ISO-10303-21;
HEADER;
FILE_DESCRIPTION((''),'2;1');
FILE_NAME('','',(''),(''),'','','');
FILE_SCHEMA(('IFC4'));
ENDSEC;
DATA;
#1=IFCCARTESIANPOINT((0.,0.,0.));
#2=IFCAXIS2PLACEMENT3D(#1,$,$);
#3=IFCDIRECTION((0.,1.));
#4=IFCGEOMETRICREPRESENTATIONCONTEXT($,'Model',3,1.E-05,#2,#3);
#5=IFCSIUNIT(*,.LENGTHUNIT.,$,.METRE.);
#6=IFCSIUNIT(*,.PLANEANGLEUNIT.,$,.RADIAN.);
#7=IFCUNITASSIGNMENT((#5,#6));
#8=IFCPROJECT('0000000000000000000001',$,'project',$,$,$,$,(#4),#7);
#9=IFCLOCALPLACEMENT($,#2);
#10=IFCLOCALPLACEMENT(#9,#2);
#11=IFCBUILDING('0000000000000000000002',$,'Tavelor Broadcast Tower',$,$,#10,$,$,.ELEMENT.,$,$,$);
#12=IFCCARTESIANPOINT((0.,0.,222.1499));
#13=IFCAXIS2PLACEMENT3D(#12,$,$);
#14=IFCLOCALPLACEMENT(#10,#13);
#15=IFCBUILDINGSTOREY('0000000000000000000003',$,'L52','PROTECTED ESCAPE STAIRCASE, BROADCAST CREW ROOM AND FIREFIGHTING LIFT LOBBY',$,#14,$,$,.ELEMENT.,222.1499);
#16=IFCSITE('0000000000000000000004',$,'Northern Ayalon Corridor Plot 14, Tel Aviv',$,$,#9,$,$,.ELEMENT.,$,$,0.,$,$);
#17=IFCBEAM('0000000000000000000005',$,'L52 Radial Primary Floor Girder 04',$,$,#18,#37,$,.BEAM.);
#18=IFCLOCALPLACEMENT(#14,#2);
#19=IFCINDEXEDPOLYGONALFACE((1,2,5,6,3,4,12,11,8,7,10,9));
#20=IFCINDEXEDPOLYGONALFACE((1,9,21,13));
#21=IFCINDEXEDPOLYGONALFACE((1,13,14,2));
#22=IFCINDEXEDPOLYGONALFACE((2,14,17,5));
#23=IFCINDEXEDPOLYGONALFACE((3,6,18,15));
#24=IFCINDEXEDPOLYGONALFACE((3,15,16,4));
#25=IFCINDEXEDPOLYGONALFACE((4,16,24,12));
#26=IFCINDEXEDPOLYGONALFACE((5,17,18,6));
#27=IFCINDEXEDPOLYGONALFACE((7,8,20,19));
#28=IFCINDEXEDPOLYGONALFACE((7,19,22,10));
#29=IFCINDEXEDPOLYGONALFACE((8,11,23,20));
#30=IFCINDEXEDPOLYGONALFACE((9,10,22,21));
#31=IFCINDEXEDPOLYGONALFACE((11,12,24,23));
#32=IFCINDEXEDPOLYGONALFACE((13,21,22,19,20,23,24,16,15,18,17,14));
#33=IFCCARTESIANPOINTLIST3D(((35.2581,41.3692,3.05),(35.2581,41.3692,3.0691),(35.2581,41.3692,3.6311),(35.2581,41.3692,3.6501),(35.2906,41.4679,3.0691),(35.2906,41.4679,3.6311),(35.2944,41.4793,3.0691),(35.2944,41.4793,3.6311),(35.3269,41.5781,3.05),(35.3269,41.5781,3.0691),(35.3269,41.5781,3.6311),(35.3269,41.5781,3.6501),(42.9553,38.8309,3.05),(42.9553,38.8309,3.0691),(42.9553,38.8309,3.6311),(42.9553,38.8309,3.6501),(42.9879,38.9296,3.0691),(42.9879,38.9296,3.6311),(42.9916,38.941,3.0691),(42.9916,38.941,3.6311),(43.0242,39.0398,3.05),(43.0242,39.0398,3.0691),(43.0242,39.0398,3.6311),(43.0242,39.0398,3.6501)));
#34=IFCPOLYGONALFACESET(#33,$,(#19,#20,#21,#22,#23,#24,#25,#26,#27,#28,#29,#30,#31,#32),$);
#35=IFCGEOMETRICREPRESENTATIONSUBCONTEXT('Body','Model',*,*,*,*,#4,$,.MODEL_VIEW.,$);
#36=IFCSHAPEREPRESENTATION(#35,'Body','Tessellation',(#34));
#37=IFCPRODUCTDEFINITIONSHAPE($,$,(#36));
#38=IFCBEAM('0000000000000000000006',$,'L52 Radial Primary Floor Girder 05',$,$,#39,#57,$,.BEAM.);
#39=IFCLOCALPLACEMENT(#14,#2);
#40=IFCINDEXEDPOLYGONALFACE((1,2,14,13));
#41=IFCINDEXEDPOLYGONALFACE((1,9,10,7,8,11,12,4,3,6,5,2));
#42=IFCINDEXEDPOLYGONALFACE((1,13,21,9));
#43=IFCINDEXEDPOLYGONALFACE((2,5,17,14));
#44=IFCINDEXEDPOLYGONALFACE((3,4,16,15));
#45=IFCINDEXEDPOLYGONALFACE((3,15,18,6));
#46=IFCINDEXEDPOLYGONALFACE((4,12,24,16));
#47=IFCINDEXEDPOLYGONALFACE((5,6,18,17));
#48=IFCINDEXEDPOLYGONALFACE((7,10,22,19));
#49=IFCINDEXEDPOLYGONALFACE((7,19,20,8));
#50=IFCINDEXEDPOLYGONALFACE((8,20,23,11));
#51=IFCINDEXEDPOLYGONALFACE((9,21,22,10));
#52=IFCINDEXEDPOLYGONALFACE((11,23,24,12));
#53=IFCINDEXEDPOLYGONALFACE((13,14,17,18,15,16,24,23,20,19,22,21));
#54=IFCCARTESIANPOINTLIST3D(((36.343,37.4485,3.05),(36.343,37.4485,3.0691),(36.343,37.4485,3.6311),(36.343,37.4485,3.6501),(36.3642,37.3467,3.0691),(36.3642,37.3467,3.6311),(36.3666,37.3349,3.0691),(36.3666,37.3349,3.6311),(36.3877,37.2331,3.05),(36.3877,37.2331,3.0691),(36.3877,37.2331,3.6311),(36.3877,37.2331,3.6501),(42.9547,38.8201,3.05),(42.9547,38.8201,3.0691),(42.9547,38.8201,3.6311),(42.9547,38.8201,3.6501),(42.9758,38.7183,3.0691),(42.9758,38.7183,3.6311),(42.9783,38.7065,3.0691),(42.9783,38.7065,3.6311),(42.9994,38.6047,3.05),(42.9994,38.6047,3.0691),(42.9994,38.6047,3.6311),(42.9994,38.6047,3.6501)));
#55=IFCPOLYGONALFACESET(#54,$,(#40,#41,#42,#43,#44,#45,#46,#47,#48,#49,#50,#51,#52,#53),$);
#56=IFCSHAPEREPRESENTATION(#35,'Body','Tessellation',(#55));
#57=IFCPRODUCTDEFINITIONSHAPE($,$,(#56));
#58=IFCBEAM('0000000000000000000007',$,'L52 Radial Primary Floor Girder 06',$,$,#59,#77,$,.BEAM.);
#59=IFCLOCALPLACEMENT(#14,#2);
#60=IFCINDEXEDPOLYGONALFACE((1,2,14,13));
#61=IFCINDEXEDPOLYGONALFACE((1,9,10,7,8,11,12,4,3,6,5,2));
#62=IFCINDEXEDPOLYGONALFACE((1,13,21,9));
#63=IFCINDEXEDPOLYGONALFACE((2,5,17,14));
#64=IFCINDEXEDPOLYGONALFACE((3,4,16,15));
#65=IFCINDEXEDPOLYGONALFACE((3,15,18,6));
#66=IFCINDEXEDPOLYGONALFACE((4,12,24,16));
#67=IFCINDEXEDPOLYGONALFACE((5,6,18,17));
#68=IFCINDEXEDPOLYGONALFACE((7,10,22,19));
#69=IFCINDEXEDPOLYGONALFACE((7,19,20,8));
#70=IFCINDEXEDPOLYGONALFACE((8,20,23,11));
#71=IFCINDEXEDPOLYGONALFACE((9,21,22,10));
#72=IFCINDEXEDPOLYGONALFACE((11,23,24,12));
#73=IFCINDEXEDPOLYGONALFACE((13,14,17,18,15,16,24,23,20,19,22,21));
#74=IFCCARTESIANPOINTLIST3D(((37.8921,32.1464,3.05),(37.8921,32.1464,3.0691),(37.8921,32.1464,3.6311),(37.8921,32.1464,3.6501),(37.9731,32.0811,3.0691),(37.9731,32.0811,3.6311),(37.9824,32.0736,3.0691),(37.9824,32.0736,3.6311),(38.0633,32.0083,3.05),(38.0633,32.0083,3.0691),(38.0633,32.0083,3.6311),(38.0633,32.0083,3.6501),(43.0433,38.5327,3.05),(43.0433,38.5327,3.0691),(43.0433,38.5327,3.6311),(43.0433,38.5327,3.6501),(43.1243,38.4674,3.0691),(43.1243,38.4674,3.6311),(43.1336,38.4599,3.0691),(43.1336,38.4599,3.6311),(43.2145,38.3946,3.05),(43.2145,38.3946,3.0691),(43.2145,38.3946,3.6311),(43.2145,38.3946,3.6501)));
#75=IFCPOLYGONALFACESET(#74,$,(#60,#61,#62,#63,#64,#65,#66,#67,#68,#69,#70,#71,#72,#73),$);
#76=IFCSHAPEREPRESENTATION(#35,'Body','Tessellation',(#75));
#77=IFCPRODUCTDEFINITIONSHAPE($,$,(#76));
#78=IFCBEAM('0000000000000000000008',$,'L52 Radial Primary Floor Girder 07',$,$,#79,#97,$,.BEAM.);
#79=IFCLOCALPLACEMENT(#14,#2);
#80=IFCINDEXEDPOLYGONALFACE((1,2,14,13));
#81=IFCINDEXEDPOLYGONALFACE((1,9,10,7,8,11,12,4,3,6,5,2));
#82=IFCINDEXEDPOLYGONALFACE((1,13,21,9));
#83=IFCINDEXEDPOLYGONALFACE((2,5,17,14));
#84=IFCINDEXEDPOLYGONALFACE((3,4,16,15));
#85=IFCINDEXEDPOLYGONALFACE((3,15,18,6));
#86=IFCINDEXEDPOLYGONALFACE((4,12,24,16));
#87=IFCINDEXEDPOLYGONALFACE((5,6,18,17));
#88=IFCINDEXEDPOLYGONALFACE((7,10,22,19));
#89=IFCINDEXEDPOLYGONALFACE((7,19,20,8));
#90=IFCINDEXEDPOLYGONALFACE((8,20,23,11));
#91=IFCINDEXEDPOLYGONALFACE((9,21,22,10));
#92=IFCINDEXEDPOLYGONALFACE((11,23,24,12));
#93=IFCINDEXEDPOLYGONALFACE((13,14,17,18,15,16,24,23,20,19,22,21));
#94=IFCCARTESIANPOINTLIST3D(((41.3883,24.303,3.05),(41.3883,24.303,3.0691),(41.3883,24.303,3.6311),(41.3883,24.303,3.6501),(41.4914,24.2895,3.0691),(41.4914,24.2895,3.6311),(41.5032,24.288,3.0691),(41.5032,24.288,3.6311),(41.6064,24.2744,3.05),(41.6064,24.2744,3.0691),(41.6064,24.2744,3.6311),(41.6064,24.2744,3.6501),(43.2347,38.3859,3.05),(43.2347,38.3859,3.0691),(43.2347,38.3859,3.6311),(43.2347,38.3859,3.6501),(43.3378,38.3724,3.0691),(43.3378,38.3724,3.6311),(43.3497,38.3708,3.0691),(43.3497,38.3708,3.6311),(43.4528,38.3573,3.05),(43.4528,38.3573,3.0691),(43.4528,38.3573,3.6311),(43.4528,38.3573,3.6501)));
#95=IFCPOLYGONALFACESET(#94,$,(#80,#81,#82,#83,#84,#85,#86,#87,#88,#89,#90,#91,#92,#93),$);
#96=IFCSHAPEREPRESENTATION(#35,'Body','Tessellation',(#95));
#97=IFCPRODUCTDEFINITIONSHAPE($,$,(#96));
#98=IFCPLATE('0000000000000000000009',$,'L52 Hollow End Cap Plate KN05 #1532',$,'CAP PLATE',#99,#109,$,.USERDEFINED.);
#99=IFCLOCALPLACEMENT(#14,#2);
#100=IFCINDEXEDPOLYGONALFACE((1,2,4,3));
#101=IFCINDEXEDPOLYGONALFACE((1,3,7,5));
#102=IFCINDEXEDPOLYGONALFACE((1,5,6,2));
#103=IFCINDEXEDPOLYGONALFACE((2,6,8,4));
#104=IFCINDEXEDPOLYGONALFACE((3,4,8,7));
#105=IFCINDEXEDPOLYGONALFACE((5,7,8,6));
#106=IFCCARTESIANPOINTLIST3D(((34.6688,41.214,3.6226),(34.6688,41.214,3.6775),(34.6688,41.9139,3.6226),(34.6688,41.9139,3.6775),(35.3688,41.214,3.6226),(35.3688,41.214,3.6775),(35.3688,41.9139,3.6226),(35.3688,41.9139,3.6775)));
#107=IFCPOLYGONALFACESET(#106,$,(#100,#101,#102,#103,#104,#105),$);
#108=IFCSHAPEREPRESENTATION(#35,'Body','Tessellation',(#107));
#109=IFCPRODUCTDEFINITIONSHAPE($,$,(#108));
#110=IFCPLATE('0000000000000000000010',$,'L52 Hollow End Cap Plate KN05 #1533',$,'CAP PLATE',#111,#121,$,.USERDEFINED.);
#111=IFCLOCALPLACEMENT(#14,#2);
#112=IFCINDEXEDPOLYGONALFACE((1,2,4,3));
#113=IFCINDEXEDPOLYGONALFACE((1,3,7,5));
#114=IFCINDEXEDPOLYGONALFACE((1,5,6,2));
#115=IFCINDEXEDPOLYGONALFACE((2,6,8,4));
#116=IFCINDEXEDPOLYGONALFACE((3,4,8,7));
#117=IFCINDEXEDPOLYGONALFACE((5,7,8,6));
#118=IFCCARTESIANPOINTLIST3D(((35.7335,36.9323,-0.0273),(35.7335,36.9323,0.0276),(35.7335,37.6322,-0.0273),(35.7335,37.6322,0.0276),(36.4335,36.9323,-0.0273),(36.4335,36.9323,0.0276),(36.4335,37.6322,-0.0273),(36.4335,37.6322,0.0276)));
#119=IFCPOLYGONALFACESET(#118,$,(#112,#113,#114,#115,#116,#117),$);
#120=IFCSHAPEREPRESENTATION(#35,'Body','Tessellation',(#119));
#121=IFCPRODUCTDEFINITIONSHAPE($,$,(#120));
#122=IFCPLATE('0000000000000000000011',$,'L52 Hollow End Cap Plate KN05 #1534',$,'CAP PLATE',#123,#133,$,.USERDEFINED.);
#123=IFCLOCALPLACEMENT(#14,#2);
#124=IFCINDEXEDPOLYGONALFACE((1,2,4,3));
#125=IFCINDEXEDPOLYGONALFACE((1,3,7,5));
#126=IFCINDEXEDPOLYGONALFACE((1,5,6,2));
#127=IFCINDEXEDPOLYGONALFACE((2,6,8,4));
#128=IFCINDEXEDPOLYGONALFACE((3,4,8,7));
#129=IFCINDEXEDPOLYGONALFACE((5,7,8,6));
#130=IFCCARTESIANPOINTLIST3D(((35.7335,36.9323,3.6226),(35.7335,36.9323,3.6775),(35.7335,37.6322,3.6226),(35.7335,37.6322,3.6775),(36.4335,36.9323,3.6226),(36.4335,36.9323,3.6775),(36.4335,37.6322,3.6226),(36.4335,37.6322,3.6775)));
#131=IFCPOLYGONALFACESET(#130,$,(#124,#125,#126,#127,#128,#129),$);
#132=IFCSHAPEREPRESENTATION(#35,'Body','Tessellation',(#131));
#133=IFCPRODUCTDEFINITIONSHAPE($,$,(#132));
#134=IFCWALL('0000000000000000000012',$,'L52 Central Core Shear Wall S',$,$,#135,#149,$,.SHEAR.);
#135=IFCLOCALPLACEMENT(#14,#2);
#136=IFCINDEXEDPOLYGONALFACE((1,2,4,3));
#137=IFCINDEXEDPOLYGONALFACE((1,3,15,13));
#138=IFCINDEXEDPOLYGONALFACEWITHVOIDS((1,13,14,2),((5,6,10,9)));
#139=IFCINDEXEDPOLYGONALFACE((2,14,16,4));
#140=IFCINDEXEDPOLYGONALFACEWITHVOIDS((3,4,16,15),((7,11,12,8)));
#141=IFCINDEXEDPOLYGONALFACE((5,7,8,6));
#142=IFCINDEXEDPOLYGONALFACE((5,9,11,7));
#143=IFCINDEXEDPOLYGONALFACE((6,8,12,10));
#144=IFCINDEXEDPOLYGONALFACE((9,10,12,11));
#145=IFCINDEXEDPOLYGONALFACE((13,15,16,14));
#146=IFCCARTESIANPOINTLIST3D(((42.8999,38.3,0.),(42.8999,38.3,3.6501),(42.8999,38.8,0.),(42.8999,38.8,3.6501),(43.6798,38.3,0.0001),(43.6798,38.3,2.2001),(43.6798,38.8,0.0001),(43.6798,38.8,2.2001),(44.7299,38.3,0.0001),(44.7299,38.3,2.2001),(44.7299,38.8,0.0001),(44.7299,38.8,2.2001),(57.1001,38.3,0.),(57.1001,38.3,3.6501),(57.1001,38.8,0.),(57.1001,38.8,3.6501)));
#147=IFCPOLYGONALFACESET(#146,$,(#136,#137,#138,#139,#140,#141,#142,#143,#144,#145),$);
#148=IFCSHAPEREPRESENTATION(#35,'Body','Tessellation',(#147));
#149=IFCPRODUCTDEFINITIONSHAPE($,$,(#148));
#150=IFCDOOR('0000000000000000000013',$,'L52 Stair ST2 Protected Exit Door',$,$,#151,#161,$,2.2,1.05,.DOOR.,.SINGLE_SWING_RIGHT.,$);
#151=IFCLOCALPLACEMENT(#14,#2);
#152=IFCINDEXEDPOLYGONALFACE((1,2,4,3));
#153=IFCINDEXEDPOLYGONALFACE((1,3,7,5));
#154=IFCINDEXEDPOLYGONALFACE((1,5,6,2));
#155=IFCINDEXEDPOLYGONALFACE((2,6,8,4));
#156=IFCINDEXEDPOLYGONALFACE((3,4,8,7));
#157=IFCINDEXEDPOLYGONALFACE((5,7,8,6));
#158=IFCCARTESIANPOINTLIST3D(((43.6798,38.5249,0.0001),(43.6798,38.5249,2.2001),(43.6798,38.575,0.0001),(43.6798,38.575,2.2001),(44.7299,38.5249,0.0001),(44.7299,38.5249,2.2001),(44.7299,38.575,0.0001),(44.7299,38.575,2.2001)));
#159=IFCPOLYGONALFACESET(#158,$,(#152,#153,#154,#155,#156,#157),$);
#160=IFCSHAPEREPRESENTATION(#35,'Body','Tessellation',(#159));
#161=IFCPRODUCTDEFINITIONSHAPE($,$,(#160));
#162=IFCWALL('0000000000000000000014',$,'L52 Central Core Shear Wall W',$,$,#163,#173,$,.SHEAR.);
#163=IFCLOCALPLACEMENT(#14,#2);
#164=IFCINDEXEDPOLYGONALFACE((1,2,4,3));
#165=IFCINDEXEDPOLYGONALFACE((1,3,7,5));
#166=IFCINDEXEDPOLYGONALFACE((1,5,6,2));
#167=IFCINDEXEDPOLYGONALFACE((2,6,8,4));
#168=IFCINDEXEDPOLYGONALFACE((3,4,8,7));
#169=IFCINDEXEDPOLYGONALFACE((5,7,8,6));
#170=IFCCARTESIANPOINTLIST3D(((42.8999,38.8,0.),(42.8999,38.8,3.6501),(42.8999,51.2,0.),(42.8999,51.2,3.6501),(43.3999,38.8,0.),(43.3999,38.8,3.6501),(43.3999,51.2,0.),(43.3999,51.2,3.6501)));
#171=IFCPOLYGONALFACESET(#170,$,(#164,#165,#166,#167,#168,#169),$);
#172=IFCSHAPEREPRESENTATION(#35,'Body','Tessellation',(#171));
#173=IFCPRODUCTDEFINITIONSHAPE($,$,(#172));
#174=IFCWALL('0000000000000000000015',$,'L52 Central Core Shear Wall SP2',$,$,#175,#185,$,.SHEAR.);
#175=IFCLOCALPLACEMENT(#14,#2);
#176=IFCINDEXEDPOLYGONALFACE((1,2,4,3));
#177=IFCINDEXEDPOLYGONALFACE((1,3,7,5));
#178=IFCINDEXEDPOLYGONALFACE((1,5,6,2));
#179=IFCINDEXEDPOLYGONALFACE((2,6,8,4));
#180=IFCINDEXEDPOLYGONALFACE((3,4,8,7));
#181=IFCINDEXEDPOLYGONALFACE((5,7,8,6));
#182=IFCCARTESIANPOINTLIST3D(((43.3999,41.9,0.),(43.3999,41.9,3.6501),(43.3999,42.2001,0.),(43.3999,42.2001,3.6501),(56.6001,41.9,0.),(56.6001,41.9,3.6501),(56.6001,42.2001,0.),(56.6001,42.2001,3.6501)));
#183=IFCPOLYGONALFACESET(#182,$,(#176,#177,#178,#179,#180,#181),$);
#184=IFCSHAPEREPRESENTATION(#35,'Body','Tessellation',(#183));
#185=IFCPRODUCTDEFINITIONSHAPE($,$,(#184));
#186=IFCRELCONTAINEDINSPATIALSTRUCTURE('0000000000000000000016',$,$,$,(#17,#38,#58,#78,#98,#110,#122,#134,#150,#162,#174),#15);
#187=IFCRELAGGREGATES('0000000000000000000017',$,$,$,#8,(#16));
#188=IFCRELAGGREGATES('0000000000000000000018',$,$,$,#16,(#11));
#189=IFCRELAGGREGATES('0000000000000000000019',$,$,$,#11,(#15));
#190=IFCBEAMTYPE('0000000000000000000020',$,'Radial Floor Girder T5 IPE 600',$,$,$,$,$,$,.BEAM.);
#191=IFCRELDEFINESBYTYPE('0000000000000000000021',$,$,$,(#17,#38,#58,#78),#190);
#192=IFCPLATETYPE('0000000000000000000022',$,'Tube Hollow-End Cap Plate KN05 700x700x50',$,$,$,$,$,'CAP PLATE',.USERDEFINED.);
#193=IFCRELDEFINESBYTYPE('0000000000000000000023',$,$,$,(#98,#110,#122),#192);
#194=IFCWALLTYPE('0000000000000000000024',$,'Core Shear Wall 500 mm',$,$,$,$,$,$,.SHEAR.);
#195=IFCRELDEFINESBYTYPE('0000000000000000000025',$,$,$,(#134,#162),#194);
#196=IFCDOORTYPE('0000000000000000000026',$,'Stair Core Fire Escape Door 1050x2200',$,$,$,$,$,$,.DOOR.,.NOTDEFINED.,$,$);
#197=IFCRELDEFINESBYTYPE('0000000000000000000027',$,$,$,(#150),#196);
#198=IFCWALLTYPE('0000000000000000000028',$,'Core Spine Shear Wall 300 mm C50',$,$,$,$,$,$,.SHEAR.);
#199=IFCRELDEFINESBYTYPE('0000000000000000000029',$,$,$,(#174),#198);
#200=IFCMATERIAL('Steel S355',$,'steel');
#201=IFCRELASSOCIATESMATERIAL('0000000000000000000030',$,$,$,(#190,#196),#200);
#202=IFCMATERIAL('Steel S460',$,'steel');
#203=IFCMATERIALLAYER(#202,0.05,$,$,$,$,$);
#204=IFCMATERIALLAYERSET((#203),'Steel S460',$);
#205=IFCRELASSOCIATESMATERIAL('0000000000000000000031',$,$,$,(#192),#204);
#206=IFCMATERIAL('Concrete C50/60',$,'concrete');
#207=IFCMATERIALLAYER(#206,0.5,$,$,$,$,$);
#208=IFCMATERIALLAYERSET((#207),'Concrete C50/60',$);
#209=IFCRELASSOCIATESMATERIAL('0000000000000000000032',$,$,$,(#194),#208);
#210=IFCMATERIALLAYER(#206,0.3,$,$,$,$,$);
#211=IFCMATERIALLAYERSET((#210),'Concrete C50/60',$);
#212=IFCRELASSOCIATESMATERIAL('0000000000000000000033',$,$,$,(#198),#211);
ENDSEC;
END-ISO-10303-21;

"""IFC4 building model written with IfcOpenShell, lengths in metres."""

from ifc_helpers import new_model, si_unit, direction, frame, frame_2d, origin, origin_2d, place, context, subcontext, project, spatial, rectangle, i_section, extrude, source, transform, mapped, material, layer, layer_set, material_profile, profile_set, type_object, type_shapes, element, fill, save


model = new_model("IFC4")

# Units and contexts
model_context = context("Model", 3, precision=1e-05, world=origin(), true_north=direction((0.0, 1.0)))
body_context = subcontext(model_context, "Body", "Model", "MODEL_VIEW")
ifc_project = project(units=[si_unit("LENGTHUNIT", "METRE"), si_unit("PLANEANGLEUNIT", "RADIAN")], contexts=[model_context])

# Site, building, storey
site_placement = place(None, origin())
site = spatial("IfcSite", under=ifc_project, at=site_placement, Name="Northern Ayalon Corridor Plot 14, Tel Aviv", CompositionType="ELEMENT", RefElevation=0.0)
building_placement = place(site_placement, origin())
building = spatial("IfcBuilding", under=site, at=building_placement, Name="Tavelor Broadcast Tower", CompositionType="ELEMENT")
storey_placement = place(building_placement, frame((0.0, 0.0, 222.1499)))
storey = spatial("IfcBuildingStorey", under=building, at=storey_placement, Name="L52", Description="PROTECTED ESCAPE STAIRCASE, BROADCAST CREW ROOM AND FIREFIGHTING LIFT LOBBY", CompositionType="ELEMENT", Elevation=222.1499)

# Shared definitions
ifc_material_1 = material(Name="Concrete C50/60", Category="concrete")
ifc_material_2 = material(Name="Steel S460", Category="steel")

# Beams
ifc_material_3 = material(Name="Steel S355", Category="steel")
ifc_material_profile_1 = material_profile(ifc_material_3, i_section(OverallWidth=0.22, OverallDepth=0.6001, WebThickness=0.012, FlangeThickness=0.019, at=origin_2d()), Name="IPE 600")
ifc_profile_set_1 = profile_set([ifc_material_profile_1], Name="Steel S355")
beam_type_1 = type_object("IfcBeamType", Name="Radial Floor Girder T5 IPE 600", PredefinedType="BEAM", material=ifc_profile_set_1)
beam_1_placement = place(storey_placement, frame((42.9897, 38.9353, 3.3501), z_axis=(-0.949694, 0.313181, 0.0), x_axis=(-0.313181, -0.949694, 0.0)))
element("IfcBeam", 1, at=beam_1_placement, inside=storey, type_object=beam_type_1, Name="L52 Radial Primary Floor Girder 04", PredefinedType="BEAM", context=body_context, shape_type="SweptSolid", body=[
    extrude(i_section(OverallWidth=0.22, OverallDepth=0.6001, WebThickness=0.012, FlangeThickness=0.019, at=origin_2d()), origin(), (0.0, 0.0, 1.0), 8.105),
])
beam_2_placement = place(storey_placement, frame((42.9771, 38.7124, 3.3501), z_axis=(-0.979152, -0.203127, 0.0), x_axis=(0.203127, -0.979152, 0.0)))
element("IfcBeam", 2, at=beam_2_placement, inside=storey, type_object=beam_type_1, Name="L52 Radial Primary Floor Girder 05", PredefinedType="BEAM", context=body_context, shape_type="SweptSolid", body=[
    extrude(i_section(OverallWidth=0.22, OverallDepth=0.6001, WebThickness=0.012, FlangeThickness=0.019, at=origin_2d()), origin(), (0.0, 0.0, 1.0), 6.7524),
])
beam_3_placement = place(storey_placement, frame((43.1289, 38.4636, 3.3501), z_axis=(-0.627822, -0.778357, 0.0), x_axis=(0.778357, -0.627822, 0.0)))
element("IfcBeam", 3, at=beam_3_placement, inside=storey, type_object=beam_type_1, Name="L52 Radial Primary Floor Girder 06", PredefinedType="BEAM", context=body_context, shape_type="SweptSolid", body=[
    extrude(i_section(OverallWidth=0.22, OverallDepth=0.6001, WebThickness=0.012, FlangeThickness=0.019, at=origin_2d()), origin(), (0.0, 0.0, 1.0), 8.2048),
])
beam_4_placement = place(storey_placement, frame((43.3438, 38.3716, 3.3501), z_axis=(-0.130001, -0.991514, 0.0), x_axis=(0.991514, -0.130001, 0.0)))
element("IfcBeam", 4, at=beam_4_placement, inside=storey, type_object=beam_type_1, Name="L52 Radial Primary Floor Girder 07", PredefinedType="BEAM", context=body_context, shape_type="SweptSolid", body=[
    extrude(i_section(OverallWidth=0.22, OverallDepth=0.6001, WebThickness=0.012, FlangeThickness=0.019, at=origin_2d()), origin(), (0.0, 0.0, 1.0), 14.2034),
])

# Plates
ifc_layer_1 = layer(ifc_material_2, 0.05)
ifc_layer_set_1 = layer_set([ifc_layer_1], Name="Steel S460")
plate_type = type_object("IfcPlateType", Name="Tube Hollow-End Cap Plate KN05 700x700x50", ElementType="CAP PLATE", PredefinedType="USERDEFINED", material=ifc_layer_set_1)
shared_shape = source(origin(), body_context, "Body", "SweptSolid", [
    extrude(rectangle(XDim=0.7, YDim=0.7, at=origin_2d()), origin(), (0.0, 0.0, 1.0), 0.0549),
])
type_shapes(plate_type, [shared_shape])
for number, where, z_axis, x_axis, name in (
    (5, (35.0188, 41.564, 3.6226), (0.0, 0.0, 1.0), (1.0, 0.0, 0.0), "L52 Hollow End Cap Plate KN05 #1532"),
    (6, (36.0835, 37.2822, -0.0273), (0.0, 0.0, 1.0), (1.0, 0.0, 0.0), "L52 Hollow End Cap Plate KN05 #1533"),
    (7, (36.0835, 37.2822, 3.6226), (0.0, 0.0, 1.0), (1.0, 0.0, 0.0), "L52 Hollow End Cap Plate KN05 #1534"),
):
    element("IfcPlate", number, at=place(storey_placement, frame(where, z_axis=z_axis, x_axis=x_axis)), inside=storey, type_object=plate_type, Name=name, ObjectType="CAP PLATE", PredefinedType="USERDEFINED", context=body_context, shape_type="MappedRepresentation", body=[
        mapped(shared_shape, transform((0.0, 0.0, 0.0), scale=1.0)),
    ])

# Wall, opening, door
ifc_layer_2 = layer(ifc_material_1, 0.5)
ifc_layer_set_2 = layer_set([ifc_layer_2], Name="Concrete C50/60")
wall_type_1 = type_object("IfcWallType", Name="Core Shear Wall 500 mm", PredefinedType="SHEAR", material=ifc_layer_set_2)
wall_1_placement = place(storey_placement, frame((42.8999, 38.55, 0.0), z_axis=(0.0, 0.0, 1.0), x_axis=(1.0, 0.0, 0.0)))
wall_1 = element("IfcWall", 8, at=wall_1_placement, inside=storey, type_object=wall_type_1, Name="L52 Central Core Shear Wall S", PredefinedType="SHEAR", context=body_context, shape_type="SweptSolid", body=[
    extrude(rectangle(XDim=14.2002, YDim=0.5, at=frame_2d((7.1001, 0.0))), origin(), (0.0, 0.0, 1.0), 3.6501),
])
opening_1_placement = place(wall_1_placement, frame((0.78, 0.0, 0.0)))
opening_1 = element("IfcOpeningElement", 9, at=opening_1_placement, cuts=wall_1, PredefinedType="OPENING", context=body_context, shape_type="SweptSolid", body=[
    extrude(rectangle(XDim=1.05, YDim=2.2, at=frame_2d((0.5249, 1.1001))), frame((0.0, 0.26, 0.0), z_axis=(0.0, -1.0, 0.0), x_axis=(1.0, 0.0, 0.0)), (0.0, 0.0, 1.0), 0.52),
])
door_type_1 = type_object("IfcDoorType", Name="Stair Core Fire Escape Door 1050x2200", OperationType="NOTDEFINED", PredefinedType="DOOR", material=ifc_material_3)
door_1_placement = place(opening_1_placement, origin())
door_1 = element("IfcDoor", 10, at=door_1_placement, inside=storey, type_object=door_type_1, Name="L52 Stair ST2 Protected Exit Door", OperationType="SINGLE_SWING_RIGHT", OverallHeight=2.2, OverallWidth=1.05, PredefinedType="DOOR", context=body_context, shape_type="SweptSolid", body=[
    extrude(rectangle(XDim=1.05, YDim=2.2, at=frame_2d((0.5249, 1.1001))), frame((0.0, 0.0249, 0.0), z_axis=(0.0, -1.0, 0.0), x_axis=(1.0, 0.0, 0.0)), (0.0, 0.0, 1.0), 0.05),
])
fill(opening_1, door_1)

# Walls
wall_2_placement = place(storey_placement, frame((43.1499, 38.8, 0.0), z_axis=(0.0, 0.0, 1.0), x_axis=(0.0, 1.0, 0.0)))
element("IfcWall", 11, at=wall_2_placement, inside=storey, type_object=wall_type_1, Name="L52 Central Core Shear Wall W", PredefinedType="SHEAR", context=body_context, shape_type="SweptSolid", body=[
    extrude(rectangle(XDim=12.3999, YDim=0.5, at=frame_2d((6.2, 0.0))), origin(), (0.0, 0.0, 1.0), 3.6501),
])
ifc_layer_3 = layer(ifc_material_1, 0.3)
ifc_layer_set_3 = layer_set([ifc_layer_3], Name="Concrete C50/60")
wall_type_2 = type_object("IfcWallType", Name="Core Spine Shear Wall 300 mm C50", PredefinedType="SHEAR", material=ifc_layer_set_3)
wall_3_placement = place(storey_placement, frame((43.3999, 42.05, 0.0), z_axis=(0.0, 0.0, 1.0), x_axis=(1.0, 0.0, 0.0)))
element("IfcWall", 12, at=wall_3_placement, inside=storey, type_object=wall_type_2, Name="L52 Central Core Shear Wall SP2", PredefinedType="SHEAR", context=body_context, shape_type="SweptSolid", body=[
    extrude(rectangle(XDim=13.2002, YDim=0.3, at=frame_2d((6.6001, 0.0))), origin(), (0.0, 0.0, 1.0), 3.6501),
])

save(model, "model.ifc")
